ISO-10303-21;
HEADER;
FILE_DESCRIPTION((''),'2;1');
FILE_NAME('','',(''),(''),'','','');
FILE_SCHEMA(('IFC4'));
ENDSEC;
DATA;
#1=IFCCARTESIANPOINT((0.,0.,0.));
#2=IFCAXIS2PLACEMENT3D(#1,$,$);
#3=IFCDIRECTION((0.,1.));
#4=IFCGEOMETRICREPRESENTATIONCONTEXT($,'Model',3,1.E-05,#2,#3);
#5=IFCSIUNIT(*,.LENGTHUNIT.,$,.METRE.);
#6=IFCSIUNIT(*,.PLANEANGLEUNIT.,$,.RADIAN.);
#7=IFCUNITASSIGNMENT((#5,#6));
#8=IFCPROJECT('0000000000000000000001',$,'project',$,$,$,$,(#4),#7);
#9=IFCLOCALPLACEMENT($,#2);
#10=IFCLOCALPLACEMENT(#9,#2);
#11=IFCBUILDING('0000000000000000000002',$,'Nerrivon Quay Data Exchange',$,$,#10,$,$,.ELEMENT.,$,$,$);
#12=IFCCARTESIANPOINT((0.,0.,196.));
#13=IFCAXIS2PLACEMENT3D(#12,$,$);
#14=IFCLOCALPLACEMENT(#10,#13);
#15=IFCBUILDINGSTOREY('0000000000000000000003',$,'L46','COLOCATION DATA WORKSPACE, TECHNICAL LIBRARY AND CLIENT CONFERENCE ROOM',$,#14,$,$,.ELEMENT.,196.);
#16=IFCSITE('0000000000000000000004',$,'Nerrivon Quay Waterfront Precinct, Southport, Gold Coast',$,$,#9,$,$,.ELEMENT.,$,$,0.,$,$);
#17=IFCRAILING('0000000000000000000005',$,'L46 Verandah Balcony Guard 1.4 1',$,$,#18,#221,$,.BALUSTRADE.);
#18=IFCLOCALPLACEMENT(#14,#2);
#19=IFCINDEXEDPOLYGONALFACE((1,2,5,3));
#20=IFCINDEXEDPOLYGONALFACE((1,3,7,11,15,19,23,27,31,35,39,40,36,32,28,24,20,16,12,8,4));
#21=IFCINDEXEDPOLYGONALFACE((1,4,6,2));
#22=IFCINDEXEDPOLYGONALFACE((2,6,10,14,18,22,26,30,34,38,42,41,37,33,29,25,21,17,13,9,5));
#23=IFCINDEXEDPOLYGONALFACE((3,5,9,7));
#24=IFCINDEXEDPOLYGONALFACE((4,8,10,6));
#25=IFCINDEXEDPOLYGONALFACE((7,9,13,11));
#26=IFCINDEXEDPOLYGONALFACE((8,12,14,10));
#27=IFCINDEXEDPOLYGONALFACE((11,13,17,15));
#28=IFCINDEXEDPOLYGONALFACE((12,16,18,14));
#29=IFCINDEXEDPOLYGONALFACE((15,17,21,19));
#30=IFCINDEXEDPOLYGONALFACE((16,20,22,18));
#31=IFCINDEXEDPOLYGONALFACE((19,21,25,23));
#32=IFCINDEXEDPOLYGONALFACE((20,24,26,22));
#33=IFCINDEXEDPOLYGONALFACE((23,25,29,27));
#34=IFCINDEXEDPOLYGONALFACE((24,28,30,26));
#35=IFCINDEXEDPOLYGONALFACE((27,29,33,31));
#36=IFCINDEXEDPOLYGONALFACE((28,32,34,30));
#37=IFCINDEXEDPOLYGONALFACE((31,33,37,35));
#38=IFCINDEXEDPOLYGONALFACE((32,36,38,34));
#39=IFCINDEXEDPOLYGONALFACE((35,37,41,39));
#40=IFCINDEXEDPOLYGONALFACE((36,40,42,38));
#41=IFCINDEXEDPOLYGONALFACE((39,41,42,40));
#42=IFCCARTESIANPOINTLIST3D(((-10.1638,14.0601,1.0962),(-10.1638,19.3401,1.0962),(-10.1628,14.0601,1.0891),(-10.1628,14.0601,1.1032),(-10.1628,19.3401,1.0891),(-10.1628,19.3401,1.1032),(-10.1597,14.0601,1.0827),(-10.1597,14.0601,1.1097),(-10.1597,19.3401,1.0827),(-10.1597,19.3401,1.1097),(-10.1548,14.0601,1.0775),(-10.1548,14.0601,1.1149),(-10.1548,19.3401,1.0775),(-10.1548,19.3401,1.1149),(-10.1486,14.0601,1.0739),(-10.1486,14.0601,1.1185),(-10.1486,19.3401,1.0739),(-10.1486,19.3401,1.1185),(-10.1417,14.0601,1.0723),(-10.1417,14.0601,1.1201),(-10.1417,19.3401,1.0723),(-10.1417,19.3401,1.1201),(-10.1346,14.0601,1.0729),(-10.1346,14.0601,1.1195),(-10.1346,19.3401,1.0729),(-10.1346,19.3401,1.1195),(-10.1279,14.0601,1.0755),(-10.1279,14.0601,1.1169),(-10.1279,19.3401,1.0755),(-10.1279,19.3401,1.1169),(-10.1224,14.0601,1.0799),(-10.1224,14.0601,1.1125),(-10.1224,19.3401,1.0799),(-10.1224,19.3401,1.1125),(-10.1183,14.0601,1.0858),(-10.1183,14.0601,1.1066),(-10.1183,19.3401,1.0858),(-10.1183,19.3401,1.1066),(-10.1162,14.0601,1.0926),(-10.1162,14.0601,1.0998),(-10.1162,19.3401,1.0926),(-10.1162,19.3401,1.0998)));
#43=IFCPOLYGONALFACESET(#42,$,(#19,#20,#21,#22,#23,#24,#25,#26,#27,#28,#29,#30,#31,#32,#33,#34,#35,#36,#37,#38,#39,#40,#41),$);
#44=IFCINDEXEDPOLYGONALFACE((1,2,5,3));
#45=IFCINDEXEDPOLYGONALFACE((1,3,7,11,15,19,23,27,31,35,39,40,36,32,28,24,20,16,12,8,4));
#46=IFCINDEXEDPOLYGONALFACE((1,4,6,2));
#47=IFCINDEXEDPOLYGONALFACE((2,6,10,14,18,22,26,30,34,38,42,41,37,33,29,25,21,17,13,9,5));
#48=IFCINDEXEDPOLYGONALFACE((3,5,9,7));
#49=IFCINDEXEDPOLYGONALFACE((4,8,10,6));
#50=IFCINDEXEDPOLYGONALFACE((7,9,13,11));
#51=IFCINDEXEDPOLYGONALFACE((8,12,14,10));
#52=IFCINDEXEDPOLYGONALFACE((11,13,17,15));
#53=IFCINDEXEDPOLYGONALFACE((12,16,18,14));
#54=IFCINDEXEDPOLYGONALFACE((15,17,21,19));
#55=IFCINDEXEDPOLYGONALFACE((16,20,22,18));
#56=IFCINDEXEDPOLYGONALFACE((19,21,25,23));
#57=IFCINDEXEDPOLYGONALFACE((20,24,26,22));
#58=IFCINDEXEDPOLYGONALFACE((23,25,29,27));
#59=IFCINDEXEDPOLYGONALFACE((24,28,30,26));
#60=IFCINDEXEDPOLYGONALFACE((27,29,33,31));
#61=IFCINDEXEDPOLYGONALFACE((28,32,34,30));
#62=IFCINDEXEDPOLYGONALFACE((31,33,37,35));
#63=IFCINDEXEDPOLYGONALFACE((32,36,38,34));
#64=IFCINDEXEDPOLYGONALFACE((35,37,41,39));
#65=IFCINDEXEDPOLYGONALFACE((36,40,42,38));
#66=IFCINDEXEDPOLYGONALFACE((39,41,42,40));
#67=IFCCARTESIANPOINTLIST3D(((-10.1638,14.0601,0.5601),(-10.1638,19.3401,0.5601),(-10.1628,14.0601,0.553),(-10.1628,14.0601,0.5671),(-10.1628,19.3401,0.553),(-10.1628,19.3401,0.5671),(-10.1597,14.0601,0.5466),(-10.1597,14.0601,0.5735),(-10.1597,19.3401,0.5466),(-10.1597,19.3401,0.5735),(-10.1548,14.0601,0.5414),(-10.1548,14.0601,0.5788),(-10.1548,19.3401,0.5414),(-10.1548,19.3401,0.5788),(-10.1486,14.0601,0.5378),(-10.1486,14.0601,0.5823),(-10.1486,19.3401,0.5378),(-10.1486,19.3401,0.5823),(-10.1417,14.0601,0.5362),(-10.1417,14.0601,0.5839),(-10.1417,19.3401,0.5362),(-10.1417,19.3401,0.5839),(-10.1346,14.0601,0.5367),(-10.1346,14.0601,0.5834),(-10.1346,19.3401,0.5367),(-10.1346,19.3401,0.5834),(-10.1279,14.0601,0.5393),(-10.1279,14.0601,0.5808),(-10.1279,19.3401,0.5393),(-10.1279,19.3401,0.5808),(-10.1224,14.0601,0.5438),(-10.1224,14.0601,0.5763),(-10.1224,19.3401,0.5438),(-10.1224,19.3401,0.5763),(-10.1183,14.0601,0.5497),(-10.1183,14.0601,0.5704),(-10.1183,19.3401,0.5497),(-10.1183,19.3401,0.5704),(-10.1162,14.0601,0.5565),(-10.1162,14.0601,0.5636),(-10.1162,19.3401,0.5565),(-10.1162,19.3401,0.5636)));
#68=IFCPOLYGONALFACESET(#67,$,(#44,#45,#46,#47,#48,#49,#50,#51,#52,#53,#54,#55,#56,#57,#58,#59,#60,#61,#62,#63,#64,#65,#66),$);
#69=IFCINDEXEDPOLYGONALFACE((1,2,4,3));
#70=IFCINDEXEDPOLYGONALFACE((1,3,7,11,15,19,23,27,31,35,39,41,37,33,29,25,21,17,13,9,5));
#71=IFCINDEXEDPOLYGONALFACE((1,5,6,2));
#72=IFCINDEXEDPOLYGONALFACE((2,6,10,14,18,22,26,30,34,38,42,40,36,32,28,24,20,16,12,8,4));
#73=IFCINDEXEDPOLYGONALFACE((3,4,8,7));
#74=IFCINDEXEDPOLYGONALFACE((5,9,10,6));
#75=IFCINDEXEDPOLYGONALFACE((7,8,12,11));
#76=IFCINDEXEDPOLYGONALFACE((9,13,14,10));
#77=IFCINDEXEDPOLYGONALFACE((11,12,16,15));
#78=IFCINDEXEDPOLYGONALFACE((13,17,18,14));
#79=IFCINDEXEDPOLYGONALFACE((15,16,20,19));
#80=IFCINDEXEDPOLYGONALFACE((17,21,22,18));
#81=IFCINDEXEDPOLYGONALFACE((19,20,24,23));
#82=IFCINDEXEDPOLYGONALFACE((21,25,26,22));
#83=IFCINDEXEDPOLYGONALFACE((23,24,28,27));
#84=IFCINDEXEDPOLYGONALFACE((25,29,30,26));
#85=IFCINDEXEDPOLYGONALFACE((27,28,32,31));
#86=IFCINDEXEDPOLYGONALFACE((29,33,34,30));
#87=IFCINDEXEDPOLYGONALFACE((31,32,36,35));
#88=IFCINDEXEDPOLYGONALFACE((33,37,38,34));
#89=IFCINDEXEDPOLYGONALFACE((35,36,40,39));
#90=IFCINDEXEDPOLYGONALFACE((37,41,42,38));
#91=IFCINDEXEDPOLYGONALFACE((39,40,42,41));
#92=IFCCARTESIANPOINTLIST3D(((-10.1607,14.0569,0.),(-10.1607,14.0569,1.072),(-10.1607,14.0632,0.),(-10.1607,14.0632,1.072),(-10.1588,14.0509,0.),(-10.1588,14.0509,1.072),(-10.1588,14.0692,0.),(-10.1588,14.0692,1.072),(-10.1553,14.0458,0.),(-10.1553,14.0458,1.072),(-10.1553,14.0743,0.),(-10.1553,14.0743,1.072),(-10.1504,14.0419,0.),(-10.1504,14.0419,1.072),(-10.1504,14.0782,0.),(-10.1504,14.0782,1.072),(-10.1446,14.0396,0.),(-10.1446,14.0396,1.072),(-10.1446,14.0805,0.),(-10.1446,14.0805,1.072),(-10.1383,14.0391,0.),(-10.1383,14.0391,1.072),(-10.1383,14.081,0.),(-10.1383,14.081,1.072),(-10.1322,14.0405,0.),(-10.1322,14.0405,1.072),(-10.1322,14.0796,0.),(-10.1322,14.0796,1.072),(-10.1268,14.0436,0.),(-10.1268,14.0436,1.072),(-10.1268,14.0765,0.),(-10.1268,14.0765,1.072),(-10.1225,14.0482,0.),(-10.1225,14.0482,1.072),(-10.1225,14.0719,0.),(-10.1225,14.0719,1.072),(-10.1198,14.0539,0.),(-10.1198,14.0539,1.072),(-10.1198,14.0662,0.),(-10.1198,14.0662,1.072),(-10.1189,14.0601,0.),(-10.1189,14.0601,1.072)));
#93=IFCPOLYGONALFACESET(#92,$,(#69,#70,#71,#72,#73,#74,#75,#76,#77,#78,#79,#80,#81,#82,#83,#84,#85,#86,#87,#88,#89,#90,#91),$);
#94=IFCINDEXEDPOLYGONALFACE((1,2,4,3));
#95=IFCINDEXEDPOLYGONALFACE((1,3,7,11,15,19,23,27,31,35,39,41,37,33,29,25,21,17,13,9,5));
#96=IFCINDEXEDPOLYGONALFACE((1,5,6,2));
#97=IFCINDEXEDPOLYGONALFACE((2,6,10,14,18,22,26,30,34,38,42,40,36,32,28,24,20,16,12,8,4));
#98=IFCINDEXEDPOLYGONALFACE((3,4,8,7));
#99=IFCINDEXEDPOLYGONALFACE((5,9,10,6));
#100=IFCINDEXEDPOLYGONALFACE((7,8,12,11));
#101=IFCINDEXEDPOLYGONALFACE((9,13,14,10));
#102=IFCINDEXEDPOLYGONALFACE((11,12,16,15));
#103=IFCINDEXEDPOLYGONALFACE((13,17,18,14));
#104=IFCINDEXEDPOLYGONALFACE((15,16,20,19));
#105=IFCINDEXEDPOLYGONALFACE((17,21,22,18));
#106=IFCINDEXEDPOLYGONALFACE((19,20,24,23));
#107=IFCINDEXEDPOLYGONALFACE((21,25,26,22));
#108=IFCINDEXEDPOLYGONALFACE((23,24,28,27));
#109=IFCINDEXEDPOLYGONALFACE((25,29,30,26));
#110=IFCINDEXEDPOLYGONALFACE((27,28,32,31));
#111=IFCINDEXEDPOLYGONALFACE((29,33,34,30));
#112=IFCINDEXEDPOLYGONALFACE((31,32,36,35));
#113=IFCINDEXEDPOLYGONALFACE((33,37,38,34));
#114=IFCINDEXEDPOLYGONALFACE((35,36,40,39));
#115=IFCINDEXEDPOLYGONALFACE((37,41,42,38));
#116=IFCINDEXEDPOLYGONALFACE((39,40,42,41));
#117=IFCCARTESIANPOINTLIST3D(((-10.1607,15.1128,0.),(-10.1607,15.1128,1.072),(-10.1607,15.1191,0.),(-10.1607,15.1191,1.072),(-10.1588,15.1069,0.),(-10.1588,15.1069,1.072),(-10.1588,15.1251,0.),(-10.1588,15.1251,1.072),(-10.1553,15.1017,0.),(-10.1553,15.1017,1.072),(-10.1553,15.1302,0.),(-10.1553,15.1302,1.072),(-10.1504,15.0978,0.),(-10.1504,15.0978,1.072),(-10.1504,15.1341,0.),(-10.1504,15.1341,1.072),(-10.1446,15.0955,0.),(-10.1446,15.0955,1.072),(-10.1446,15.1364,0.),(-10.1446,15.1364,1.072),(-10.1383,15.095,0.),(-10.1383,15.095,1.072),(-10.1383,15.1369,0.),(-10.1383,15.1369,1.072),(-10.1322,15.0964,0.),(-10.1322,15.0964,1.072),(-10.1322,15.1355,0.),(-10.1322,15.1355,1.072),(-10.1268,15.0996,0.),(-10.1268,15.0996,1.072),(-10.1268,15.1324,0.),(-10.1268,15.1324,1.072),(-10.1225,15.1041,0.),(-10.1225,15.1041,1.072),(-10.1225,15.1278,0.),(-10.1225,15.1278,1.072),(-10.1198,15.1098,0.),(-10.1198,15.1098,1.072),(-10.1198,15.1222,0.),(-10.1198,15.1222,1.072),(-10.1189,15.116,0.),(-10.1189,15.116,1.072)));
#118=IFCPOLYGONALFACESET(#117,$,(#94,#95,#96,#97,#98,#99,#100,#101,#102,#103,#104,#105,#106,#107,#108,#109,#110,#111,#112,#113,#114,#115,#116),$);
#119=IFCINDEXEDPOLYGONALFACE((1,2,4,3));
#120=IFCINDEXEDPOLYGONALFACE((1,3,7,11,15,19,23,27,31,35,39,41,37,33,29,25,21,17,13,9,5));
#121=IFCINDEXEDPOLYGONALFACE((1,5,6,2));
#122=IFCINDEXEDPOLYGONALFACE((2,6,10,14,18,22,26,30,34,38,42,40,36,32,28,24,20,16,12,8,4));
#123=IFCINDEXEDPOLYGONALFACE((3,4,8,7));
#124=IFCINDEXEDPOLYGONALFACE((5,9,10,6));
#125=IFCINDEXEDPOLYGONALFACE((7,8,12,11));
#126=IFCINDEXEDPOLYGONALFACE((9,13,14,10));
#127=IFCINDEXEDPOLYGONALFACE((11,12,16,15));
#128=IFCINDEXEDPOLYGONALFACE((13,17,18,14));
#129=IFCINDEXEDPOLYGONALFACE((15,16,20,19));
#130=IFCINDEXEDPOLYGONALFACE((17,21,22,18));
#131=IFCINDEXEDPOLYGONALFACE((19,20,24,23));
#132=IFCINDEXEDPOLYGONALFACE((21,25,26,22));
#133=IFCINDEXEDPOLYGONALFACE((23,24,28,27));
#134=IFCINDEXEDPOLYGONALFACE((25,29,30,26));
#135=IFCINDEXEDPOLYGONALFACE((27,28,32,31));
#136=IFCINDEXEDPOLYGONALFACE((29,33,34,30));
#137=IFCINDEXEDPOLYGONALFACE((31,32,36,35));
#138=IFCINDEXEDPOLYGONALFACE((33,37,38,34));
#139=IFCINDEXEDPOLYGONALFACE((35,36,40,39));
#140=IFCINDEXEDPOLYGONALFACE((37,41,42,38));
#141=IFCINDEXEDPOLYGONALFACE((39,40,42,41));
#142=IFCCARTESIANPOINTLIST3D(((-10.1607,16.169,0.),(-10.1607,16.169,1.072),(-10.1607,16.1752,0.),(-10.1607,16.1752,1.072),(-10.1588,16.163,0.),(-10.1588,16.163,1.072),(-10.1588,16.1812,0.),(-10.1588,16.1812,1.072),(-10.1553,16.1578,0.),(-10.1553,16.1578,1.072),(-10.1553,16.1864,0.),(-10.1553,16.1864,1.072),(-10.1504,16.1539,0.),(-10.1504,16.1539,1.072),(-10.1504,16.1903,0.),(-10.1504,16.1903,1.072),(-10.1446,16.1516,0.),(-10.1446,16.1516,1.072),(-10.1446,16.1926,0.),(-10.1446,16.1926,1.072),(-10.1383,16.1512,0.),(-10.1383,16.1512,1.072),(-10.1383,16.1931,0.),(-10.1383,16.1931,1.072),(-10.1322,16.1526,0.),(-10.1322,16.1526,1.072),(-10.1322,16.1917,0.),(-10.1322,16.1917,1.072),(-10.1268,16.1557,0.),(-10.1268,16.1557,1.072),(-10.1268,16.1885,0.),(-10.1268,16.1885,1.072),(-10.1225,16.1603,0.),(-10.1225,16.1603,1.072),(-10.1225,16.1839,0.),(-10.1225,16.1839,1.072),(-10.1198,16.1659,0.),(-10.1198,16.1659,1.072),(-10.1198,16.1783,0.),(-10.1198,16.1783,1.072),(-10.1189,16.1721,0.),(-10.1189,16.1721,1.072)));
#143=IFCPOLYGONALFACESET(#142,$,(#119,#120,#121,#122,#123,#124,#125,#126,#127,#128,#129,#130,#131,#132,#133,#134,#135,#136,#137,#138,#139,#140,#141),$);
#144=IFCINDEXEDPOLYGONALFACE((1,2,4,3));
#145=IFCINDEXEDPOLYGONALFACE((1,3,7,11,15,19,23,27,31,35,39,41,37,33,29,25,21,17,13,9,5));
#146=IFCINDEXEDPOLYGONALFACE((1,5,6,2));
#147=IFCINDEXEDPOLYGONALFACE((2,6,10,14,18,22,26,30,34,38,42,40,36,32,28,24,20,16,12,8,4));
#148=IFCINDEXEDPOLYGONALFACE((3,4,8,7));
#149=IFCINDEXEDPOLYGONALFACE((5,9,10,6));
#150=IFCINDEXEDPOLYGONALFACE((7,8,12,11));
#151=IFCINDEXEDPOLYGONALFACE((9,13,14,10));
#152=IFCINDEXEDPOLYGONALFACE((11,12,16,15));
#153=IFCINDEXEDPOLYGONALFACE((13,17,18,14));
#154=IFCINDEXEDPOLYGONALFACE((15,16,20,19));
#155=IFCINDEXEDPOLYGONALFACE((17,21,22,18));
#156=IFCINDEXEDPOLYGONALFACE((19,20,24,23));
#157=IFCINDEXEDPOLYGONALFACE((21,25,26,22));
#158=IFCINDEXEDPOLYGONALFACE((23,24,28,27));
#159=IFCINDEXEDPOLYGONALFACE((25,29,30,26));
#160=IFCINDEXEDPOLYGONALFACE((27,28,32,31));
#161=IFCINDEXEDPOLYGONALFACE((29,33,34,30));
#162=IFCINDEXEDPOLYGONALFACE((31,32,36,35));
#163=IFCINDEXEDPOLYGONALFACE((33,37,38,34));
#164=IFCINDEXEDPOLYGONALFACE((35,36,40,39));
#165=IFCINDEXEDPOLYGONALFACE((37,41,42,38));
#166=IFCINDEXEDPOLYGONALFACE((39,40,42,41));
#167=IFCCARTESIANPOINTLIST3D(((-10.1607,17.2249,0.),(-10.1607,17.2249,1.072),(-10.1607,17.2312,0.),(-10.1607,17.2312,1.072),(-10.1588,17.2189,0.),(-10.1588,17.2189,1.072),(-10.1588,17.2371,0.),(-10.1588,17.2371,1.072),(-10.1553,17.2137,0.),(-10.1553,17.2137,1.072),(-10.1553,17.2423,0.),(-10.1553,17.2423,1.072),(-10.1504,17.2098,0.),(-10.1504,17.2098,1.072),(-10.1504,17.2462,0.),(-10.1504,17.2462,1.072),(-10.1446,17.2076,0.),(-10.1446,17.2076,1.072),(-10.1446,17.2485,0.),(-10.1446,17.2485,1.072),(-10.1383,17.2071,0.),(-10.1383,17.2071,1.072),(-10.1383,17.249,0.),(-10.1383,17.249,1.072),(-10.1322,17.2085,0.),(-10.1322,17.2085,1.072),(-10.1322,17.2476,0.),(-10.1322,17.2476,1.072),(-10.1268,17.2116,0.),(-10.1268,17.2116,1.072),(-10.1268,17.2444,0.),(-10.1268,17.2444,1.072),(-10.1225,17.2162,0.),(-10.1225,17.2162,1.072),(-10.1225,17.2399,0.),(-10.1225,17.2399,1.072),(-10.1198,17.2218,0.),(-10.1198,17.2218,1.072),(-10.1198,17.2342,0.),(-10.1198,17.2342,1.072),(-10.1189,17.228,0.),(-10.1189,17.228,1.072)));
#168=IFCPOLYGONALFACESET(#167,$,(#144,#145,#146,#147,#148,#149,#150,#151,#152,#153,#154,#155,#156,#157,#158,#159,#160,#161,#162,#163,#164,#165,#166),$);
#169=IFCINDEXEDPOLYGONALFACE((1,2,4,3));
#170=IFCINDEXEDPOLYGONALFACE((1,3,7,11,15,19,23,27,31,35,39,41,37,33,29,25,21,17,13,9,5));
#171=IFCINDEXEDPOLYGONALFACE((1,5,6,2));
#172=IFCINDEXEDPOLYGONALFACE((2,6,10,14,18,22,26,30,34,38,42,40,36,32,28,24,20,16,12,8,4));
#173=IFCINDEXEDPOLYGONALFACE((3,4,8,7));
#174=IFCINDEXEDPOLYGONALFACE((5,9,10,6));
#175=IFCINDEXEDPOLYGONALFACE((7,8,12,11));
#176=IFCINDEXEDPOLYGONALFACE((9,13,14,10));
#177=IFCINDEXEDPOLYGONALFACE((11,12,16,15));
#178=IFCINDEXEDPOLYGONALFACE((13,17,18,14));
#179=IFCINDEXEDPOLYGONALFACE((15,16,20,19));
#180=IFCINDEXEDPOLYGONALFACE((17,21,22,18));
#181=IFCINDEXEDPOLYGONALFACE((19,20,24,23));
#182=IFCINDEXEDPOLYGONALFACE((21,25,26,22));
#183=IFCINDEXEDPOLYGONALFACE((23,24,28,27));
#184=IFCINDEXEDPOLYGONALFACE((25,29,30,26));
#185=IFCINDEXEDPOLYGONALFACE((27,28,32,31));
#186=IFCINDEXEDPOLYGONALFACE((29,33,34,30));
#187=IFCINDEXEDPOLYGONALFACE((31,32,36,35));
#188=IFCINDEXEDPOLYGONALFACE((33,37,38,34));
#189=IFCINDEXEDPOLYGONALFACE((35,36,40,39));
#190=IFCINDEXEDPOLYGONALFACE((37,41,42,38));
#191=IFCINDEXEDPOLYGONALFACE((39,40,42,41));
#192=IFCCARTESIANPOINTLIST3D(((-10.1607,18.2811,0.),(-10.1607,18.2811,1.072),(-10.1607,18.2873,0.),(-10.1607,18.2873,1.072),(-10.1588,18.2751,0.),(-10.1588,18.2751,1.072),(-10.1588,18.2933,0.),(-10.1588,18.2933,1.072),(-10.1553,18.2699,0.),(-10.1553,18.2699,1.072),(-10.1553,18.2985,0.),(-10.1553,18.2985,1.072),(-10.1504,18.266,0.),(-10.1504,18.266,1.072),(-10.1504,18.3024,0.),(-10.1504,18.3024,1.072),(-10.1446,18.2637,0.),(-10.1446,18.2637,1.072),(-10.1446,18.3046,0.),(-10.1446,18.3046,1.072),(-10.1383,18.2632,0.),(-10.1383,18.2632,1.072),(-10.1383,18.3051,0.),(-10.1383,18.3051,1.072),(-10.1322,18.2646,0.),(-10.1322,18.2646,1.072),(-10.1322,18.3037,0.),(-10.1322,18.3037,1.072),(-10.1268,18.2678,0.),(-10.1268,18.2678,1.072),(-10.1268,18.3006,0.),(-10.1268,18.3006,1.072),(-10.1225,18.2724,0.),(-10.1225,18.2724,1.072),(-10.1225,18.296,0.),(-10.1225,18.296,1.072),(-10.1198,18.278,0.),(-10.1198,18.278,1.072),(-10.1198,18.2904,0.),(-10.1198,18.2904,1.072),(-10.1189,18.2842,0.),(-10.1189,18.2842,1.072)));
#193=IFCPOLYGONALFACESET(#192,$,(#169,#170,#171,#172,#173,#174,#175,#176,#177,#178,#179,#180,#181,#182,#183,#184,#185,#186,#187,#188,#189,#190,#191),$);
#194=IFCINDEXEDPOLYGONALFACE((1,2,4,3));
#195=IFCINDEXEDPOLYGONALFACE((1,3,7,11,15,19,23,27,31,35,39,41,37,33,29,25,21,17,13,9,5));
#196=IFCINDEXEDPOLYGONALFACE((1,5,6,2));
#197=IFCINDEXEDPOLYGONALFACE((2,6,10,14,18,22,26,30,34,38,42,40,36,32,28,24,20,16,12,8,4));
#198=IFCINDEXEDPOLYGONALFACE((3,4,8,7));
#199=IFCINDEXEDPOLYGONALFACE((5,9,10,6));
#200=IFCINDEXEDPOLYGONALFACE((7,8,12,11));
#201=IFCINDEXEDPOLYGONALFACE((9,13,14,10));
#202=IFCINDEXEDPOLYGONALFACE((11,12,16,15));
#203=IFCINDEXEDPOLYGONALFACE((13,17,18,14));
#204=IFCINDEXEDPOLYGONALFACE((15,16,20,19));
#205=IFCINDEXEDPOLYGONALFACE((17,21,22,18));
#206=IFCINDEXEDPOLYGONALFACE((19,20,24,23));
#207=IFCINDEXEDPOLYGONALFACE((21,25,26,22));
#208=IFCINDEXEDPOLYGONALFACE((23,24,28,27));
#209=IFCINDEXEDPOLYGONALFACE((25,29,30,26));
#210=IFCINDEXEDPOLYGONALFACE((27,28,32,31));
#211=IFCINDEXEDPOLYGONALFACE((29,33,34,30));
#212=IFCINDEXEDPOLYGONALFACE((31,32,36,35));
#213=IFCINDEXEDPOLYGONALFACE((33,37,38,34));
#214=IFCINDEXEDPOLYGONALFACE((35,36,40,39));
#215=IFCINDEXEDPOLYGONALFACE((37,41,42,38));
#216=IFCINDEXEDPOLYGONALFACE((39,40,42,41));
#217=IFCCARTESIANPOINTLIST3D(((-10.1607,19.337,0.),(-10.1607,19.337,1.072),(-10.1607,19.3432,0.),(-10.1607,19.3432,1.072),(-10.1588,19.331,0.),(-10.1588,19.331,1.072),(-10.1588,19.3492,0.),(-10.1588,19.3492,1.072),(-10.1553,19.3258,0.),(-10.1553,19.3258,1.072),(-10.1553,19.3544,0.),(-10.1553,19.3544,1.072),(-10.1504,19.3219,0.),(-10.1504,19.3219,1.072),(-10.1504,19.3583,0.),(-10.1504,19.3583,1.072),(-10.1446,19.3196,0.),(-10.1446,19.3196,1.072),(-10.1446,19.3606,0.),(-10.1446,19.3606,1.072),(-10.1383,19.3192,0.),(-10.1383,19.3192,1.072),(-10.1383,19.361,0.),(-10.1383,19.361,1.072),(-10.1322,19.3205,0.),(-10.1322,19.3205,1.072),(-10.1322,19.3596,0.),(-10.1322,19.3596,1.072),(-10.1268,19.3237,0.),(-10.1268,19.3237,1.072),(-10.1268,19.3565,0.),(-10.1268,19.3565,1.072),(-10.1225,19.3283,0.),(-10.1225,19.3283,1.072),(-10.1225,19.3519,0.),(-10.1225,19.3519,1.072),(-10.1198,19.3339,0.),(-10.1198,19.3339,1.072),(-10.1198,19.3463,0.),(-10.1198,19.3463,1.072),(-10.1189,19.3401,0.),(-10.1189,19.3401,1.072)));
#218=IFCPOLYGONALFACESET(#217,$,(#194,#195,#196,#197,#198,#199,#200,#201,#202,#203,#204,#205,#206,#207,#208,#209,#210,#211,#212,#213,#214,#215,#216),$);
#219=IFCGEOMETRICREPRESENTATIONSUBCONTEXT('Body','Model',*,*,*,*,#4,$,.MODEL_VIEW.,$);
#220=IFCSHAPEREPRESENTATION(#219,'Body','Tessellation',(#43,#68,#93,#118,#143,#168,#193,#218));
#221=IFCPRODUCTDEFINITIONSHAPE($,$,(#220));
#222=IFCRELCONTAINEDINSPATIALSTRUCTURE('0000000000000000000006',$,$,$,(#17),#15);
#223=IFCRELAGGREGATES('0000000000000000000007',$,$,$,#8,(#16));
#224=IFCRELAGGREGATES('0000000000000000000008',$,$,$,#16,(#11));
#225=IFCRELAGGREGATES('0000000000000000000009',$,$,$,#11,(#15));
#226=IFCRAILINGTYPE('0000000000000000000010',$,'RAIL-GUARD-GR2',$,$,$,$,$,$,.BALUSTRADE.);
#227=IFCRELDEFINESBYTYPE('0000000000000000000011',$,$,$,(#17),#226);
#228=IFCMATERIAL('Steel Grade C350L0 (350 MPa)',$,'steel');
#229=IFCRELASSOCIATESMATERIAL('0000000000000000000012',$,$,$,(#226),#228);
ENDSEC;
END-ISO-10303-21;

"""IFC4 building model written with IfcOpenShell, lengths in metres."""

from ifc_helpers import new_model, si_unit, direction, frame, origin, origin_2d, place, context, subcontext, project, spatial, circle, extrude, material, type_object, element, save


model = new_model("IFC4")

# Units and contexts
model_context = context("Model", 3, precision=1e-05, world=origin(), true_north=direction((0.0, 1.0)))
body_context = subcontext(model_context, "Body", "Model", "MODEL_VIEW")
ifc_project = project(units=[si_unit("LENGTHUNIT", "METRE"), si_unit("PLANEANGLEUNIT", "RADIAN")], contexts=[model_context])

# Site, building, storey
site_placement = place(None, origin())
site = spatial("IfcSite", under=ifc_project, at=site_placement, Name="Nerrivon Quay Waterfront Precinct, Southport, Gold Coast", CompositionType="ELEMENT", RefElevation=0.0)
building_placement = place(site_placement, origin())
building = spatial("IfcBuilding", under=site, at=building_placement, Name="Nerrivon Quay Data Exchange", CompositionType="ELEMENT")
storey_placement = place(building_placement, frame((0.0, 0.0, 196.0)))
storey = spatial("IfcBuildingStorey", under=building, at=storey_placement, Name="L46", Description="COLOCATION DATA WORKSPACE, TECHNICAL LIBRARY AND CLIENT CONFERENCE ROOM", CompositionType="ELEMENT", Elevation=196.0)

# Railing
ifc_material_1 = material(Name="Steel Grade C350L0 (350 MPa)", Category="steel")
railing_type = type_object("IfcRailingType", Name="RAIL-GUARD-GR2", PredefinedType="BALUSTRADE", material=ifc_material_1)
railing_1_placement = place(storey_placement, frame((-10.1399, 14.0601, 0.0)))
element("IfcRailing", 1, at=railing_1_placement, inside=storey, type_object=railing_type, Name="L46 Verandah Balcony Guard 1.4 1", PredefinedType="BALUSTRADE", context=body_context, shape_type="SweptSolid", body=[
    extrude(circle(Radius=0.0239, at=origin_2d()), frame((0.0, 0.0, 1.0962), z_axis=(0.0, 1.0, 0.0), x_axis=(-1.0, 0.0, 0.0)), (0.0, 0.0, 1.0), 5.28),
    extrude(circle(Radius=0.0239, at=origin_2d()), frame((0.0, 0.0, 0.5601), z_axis=(0.0, 1.0, 0.0), x_axis=(-1.0, 0.0, 0.0)), (0.0, 0.0, 1.0), 5.28),
    extrude(circle(Radius=0.021, at=origin_2d()), origin(), (0.0, 0.0, 1.0), 1.072),
    extrude(circle(Radius=0.021, at=origin_2d()), frame((0.0, 1.0559, 0.0)), (0.0, 0.0, 1.0), 1.072),
    extrude(circle(Radius=0.021, at=origin_2d()), frame((0.0, 2.1121, 0.0)), (0.0, 0.0, 1.0), 1.072),
    extrude(circle(Radius=0.021, at=origin_2d()), frame((0.0, 3.168, 0.0)), (0.0, 0.0, 1.0), 1.072),
    extrude(circle(Radius=0.021, at=origin_2d()), frame((0.0, 4.2241, 0.0)), (0.0, 0.0, 1.0), 1.072),
    extrude(circle(Radius=0.021, at=origin_2d()), frame((0.0, 5.28, 0.0)), (0.0, 0.0, 1.0), 1.072),
])

save(model, "model.ifc")
